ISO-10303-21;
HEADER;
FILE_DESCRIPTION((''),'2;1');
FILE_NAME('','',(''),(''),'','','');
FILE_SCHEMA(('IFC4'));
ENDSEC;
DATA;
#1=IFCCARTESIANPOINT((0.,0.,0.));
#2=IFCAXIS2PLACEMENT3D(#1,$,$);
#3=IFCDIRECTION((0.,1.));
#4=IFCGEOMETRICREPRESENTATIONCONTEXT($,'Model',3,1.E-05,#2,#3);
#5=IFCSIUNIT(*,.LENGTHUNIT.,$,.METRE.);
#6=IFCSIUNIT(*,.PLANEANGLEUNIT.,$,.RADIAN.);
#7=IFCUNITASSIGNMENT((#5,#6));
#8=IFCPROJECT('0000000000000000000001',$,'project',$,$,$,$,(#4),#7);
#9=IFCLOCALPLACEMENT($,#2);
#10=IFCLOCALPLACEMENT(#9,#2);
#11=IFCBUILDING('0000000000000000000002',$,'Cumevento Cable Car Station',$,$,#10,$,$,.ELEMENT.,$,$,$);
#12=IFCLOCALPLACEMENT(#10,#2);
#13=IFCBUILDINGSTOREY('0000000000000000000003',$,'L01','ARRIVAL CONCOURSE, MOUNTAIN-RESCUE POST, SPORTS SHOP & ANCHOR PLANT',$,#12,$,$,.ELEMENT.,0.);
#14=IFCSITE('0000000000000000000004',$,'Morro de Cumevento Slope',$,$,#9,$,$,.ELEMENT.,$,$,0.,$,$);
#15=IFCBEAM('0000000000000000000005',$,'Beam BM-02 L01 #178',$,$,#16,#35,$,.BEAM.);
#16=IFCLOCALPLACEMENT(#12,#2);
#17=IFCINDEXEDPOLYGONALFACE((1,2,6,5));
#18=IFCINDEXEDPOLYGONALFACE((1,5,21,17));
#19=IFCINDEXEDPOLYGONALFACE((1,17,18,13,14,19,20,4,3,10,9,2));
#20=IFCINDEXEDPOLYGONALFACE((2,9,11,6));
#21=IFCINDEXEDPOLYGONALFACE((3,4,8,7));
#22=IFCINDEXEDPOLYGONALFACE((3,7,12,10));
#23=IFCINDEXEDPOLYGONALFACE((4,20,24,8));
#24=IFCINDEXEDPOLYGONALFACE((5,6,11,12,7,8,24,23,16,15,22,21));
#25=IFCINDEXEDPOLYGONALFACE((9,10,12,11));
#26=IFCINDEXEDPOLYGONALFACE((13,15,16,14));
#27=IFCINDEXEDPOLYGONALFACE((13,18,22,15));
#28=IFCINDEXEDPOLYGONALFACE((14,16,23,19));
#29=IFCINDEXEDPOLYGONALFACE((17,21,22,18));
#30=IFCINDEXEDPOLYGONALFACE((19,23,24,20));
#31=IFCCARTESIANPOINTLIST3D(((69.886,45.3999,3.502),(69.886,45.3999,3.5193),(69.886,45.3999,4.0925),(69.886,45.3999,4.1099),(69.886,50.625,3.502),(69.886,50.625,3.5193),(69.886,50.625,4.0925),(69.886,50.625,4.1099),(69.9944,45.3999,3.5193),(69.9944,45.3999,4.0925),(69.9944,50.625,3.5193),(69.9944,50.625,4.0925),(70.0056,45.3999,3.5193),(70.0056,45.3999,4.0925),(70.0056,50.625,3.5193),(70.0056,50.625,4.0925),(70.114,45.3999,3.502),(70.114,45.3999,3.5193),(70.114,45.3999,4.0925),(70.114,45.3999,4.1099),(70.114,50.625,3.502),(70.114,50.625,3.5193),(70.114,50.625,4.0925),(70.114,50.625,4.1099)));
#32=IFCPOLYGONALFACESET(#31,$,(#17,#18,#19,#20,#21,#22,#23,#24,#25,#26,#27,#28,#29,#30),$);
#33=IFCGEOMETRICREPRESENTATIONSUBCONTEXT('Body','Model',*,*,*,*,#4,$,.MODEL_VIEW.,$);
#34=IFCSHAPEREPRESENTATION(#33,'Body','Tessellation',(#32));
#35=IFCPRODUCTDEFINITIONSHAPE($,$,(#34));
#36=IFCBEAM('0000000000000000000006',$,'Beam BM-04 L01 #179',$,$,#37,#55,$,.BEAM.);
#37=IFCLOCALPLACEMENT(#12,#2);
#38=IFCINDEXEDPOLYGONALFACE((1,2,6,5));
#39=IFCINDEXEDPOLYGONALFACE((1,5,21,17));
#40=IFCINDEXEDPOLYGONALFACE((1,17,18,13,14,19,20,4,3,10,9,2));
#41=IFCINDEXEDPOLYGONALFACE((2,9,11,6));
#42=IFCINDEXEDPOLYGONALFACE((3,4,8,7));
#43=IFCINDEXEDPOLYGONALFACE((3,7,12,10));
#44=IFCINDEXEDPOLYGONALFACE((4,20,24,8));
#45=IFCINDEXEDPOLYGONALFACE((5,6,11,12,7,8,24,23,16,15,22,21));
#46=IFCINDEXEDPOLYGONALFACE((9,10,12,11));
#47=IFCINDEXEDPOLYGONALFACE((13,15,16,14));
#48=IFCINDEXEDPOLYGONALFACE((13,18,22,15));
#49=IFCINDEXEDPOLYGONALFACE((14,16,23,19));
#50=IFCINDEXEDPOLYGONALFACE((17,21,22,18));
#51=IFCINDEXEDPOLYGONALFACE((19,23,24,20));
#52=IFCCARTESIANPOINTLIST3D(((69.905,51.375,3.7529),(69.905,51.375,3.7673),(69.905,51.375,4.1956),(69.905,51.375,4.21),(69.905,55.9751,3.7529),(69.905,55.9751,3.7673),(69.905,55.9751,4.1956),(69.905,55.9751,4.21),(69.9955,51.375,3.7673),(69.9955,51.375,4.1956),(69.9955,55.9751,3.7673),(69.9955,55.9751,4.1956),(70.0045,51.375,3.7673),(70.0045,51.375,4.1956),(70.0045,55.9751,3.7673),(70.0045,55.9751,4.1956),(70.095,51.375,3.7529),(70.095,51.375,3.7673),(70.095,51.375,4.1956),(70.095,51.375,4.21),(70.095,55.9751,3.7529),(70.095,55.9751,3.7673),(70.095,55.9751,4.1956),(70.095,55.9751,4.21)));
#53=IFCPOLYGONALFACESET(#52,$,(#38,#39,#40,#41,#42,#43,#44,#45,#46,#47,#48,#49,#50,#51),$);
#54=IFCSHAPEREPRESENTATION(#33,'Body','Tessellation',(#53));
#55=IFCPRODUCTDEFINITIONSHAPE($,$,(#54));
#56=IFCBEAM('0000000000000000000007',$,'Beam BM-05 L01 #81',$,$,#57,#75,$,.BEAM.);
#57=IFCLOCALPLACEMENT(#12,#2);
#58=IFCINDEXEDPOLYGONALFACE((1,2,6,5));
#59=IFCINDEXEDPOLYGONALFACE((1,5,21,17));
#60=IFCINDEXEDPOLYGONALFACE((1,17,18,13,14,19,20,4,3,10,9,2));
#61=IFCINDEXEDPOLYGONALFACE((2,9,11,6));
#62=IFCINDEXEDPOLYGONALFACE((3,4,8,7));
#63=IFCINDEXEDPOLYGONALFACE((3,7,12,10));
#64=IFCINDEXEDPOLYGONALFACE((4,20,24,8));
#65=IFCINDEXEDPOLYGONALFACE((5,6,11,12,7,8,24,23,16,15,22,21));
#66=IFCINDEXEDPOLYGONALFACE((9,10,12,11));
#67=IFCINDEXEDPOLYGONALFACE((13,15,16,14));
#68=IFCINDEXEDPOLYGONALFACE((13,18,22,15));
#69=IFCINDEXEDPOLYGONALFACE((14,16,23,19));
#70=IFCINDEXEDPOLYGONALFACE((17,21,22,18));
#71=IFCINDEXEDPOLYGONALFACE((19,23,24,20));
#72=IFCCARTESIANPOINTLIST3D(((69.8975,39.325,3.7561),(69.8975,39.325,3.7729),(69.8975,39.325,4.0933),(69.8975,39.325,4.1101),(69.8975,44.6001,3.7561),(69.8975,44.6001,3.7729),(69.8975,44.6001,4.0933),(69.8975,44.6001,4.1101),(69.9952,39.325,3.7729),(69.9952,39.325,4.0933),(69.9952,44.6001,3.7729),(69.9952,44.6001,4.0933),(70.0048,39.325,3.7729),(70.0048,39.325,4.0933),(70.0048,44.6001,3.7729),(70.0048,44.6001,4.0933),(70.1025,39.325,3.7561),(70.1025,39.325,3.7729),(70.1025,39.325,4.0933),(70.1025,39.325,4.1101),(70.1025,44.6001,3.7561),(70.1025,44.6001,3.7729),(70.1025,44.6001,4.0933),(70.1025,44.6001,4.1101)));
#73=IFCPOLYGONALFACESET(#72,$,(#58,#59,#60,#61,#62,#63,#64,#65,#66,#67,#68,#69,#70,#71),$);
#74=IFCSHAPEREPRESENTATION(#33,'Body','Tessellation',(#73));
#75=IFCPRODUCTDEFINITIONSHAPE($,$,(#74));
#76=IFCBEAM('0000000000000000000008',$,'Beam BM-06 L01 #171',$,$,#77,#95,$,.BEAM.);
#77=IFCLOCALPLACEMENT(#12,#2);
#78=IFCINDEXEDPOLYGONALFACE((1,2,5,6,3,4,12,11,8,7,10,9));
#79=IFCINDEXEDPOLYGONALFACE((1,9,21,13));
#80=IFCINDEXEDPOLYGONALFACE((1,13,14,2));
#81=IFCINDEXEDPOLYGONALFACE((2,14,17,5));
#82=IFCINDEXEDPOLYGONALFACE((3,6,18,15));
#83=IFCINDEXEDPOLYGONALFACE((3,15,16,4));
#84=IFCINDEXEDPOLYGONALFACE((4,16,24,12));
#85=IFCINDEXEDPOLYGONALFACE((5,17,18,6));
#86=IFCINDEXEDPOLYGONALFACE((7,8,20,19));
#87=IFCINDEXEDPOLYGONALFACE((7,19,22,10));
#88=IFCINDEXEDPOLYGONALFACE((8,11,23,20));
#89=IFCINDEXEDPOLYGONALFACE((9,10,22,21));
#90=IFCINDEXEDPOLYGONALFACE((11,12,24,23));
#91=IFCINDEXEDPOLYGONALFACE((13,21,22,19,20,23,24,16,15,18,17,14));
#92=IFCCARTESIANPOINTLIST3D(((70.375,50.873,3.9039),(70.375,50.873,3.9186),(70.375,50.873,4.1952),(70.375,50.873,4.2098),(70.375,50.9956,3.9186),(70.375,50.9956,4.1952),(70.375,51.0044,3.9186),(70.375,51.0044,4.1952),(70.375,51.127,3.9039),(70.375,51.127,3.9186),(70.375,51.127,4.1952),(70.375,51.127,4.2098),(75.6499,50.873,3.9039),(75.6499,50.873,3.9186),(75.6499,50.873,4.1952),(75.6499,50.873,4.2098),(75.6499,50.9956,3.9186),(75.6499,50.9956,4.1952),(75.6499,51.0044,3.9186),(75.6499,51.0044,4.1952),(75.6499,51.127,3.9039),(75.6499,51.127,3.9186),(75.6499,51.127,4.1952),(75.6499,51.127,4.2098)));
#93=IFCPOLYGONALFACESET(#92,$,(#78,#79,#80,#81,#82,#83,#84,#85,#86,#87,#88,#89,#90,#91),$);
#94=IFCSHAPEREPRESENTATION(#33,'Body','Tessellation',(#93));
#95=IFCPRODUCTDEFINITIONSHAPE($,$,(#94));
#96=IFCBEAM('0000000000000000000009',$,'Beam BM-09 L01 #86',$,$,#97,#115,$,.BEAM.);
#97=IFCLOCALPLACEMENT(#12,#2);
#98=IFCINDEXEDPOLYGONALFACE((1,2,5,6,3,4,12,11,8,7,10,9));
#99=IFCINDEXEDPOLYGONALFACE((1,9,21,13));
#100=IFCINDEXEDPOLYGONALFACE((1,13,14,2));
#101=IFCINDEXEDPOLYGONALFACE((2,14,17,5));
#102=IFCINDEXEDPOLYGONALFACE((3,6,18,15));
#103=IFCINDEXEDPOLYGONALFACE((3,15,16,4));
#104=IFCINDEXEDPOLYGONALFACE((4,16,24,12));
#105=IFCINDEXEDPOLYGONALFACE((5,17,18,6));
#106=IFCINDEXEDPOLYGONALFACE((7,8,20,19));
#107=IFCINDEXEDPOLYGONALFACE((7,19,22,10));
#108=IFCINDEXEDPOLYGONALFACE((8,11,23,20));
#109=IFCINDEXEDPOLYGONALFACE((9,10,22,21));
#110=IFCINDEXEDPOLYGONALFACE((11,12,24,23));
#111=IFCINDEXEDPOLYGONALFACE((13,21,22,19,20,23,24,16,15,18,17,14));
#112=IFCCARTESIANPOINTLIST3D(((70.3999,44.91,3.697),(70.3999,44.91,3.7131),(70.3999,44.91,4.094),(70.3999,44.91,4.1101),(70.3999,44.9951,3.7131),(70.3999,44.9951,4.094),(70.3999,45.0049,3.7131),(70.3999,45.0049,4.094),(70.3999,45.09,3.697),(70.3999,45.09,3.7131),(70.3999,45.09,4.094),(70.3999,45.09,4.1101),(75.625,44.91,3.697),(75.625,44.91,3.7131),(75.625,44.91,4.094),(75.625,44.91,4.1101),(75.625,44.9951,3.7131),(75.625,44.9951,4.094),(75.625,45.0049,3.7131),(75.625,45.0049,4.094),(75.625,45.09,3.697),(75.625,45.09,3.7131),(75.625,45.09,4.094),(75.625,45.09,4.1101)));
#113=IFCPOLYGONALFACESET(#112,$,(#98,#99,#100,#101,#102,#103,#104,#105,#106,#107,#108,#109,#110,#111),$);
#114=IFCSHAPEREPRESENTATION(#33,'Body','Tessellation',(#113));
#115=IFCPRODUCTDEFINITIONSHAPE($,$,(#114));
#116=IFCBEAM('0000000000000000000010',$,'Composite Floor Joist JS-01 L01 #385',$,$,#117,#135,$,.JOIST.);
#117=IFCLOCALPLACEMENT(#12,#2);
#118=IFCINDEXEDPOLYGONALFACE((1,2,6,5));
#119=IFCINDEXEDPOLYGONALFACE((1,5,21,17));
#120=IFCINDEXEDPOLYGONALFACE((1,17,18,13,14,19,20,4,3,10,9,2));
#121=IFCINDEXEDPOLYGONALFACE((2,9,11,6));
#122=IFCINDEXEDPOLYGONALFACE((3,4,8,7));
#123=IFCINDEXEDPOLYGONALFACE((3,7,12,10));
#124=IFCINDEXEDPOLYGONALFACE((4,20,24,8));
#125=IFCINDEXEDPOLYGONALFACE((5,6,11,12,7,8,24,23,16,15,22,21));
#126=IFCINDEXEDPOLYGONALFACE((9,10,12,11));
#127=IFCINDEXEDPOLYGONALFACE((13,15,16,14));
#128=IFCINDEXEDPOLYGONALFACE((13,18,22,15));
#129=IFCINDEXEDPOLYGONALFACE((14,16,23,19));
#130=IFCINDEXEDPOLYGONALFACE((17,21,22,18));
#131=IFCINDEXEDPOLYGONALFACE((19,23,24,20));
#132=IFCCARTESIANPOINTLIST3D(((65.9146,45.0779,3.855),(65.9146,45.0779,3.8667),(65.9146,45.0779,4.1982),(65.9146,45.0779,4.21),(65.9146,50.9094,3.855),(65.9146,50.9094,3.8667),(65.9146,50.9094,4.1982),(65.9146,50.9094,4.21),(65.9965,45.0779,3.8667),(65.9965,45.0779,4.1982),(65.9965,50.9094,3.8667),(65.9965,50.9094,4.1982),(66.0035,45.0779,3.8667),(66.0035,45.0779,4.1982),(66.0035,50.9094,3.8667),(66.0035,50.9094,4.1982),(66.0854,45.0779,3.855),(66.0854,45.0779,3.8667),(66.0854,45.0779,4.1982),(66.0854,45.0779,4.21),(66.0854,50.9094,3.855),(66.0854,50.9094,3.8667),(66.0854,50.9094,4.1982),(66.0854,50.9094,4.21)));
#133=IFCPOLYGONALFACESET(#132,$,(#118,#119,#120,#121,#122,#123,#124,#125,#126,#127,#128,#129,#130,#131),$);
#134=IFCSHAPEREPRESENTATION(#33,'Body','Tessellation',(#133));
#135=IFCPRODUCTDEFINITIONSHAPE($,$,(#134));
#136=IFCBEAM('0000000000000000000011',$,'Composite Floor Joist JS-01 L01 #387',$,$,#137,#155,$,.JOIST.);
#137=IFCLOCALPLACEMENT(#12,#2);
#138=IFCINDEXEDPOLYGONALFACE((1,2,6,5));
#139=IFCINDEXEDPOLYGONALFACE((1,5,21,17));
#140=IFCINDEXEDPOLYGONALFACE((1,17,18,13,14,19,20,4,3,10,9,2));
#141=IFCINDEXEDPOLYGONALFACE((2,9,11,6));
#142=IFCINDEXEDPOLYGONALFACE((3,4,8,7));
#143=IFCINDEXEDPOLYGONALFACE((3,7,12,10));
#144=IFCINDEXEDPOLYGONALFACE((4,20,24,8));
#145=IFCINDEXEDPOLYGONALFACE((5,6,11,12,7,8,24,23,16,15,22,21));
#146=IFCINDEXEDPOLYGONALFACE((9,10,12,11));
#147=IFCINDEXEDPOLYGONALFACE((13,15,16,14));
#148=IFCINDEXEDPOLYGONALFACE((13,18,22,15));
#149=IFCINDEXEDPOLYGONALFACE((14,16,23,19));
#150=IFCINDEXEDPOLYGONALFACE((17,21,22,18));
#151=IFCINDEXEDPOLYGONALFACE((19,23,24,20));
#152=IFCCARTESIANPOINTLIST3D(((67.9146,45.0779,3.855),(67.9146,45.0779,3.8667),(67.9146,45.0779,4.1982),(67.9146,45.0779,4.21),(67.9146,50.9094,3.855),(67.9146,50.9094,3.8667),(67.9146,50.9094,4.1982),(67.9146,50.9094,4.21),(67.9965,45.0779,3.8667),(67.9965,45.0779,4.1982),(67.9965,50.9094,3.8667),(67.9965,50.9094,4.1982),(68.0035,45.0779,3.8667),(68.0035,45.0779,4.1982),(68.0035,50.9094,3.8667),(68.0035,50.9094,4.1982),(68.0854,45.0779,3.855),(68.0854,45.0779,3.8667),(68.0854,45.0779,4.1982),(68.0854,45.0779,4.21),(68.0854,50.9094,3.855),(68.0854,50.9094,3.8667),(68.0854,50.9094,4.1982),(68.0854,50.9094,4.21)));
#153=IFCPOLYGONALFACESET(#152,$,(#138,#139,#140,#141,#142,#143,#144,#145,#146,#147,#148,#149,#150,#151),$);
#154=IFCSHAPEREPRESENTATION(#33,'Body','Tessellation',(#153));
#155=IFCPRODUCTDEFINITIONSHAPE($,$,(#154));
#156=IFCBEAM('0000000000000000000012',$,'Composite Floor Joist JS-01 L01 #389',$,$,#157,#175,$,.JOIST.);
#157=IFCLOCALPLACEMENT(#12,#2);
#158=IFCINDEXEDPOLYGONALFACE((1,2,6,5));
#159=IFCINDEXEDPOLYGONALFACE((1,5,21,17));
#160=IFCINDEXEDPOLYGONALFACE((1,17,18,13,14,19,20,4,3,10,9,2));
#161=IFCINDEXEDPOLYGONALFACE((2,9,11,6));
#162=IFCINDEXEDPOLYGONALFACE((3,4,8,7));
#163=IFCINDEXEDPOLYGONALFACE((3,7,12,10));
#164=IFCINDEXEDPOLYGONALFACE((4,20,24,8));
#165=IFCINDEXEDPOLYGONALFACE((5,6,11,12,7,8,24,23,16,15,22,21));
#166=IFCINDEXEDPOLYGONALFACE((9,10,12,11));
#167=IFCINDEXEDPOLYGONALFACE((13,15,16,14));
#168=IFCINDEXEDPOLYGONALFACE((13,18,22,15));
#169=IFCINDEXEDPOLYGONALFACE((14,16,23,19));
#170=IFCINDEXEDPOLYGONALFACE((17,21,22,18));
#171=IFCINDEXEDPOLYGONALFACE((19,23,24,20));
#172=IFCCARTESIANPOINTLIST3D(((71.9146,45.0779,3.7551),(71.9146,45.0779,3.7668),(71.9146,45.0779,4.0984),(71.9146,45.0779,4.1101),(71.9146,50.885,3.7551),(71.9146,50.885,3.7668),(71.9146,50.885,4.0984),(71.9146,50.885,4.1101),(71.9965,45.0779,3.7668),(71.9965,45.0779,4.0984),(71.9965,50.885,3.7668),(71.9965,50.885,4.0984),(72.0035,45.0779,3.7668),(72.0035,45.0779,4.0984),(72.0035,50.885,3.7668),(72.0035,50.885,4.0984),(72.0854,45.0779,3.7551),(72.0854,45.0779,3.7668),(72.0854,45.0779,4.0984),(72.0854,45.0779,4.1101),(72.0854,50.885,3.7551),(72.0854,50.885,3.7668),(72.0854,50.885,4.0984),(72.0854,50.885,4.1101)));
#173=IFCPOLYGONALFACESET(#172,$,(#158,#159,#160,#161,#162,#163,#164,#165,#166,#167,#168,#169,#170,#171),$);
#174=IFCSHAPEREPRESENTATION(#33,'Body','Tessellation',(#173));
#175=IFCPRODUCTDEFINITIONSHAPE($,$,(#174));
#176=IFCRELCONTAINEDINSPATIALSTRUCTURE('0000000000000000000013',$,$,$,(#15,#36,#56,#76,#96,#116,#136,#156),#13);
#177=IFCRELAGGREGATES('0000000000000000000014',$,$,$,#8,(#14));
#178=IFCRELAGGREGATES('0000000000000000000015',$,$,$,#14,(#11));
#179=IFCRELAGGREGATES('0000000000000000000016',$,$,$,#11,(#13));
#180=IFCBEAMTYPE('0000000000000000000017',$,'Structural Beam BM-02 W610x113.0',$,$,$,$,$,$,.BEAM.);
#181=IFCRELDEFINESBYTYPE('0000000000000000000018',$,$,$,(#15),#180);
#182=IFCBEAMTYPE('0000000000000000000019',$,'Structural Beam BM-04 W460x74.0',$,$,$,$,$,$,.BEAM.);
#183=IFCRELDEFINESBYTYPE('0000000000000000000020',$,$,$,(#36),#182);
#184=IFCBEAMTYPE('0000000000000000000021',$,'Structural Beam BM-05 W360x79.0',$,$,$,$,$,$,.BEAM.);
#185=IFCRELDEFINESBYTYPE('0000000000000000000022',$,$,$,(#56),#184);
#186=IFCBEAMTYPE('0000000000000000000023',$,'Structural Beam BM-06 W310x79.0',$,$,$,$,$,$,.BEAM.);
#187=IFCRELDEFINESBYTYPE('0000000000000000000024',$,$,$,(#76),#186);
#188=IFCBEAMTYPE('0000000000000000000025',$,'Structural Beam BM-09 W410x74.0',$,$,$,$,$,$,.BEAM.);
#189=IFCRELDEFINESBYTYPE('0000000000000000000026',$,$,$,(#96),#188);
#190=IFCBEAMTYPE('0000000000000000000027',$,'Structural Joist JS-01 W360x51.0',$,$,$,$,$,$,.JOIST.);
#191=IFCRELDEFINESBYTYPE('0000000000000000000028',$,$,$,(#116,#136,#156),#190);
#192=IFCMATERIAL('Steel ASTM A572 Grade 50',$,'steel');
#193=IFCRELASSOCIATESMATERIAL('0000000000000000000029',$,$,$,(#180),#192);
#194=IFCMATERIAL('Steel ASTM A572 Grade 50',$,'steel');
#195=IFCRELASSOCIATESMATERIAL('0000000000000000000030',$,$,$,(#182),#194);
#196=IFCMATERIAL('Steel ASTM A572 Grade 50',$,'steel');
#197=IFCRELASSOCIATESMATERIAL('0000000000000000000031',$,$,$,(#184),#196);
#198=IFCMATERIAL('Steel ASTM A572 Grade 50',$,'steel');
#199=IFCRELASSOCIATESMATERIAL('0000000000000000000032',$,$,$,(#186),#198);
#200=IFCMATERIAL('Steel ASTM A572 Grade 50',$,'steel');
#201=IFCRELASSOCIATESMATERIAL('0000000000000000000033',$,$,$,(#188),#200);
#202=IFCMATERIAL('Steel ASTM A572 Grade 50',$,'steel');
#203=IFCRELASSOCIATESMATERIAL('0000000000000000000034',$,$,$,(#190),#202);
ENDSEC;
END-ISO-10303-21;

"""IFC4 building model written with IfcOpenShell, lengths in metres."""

from ifc_helpers import new_model, si_unit, direction, frame, origin, origin_2d, place, context, subcontext, project, spatial, i_section, extrude, material, material_profile, profile_set, type_object, element, save


model = new_model("IFC4")

# Units and contexts
model_context = context("Model", 3, precision=1e-05, world=origin(), true_north=direction((0.0, 1.0)))
body_context = subcontext(model_context, "Body", "Model", "MODEL_VIEW")
ifc_project = project(units=[si_unit("LENGTHUNIT", "METRE"), si_unit("PLANEANGLEUNIT", "RADIAN")], contexts=[model_context])

# Site, building, storey
site_placement = place(None, origin())
site = spatial("IfcSite", under=ifc_project, at=site_placement, Name="Morro de Cumevento Slope", CompositionType="ELEMENT", RefElevation=0.0)
building_placement = place(site_placement, origin())
building = spatial("IfcBuilding", under=site, at=building_placement, Name="Cumevento Cable Car Station", CompositionType="ELEMENT")
storey_placement = place(building_placement, origin())
storey = spatial("IfcBuildingStorey", under=building, at=storey_placement, Name="L01", Description="ARRIVAL CONCOURSE, MOUNTAIN-RESCUE POST, SPORTS SHOP & ANCHOR PLANT", CompositionType="ELEMENT", Elevation=0.0)

# Beams
ifc_material_1 = material(Name="Steel ASTM A572 Grade 50", Category="steel")
ifc_material_profile_1 = material_profile(ifc_material_1, i_section(OverallWidth=0.228, OverallDepth=0.6079, WebThickness=0.0112, FlangeThickness=0.0173, at=origin_2d()), Name="W610x113.0")
ifc_profile_set_1 = profile_set([ifc_material_profile_1], Name="Steel ASTM A572 Grade 50")
beam_type_1 = type_object("IfcBeamType", Name="Structural Beam BM-02 W610x113.0", PredefinedType="BEAM", material=ifc_profile_set_1)
beam_1_placement = place(storey_placement, frame((70.0, 45.3999, 3.8059), z_axis=(0.0, 1.0, 0.0), x_axis=(-1.0, 0.0, 0.0)))
element("IfcBeam", 1, at=beam_1_placement, inside=storey, type_object=beam_type_1, Name="Beam BM-02 L01 #178", PredefinedType="BEAM", context=body_context, shape_type="SweptSolid", body=[
    extrude(i_section(OverallWidth=0.228, OverallDepth=0.6079, WebThickness=0.0112, FlangeThickness=0.0173, at=origin_2d()), origin(), (0.0, 0.0, 1.0), 5.2251),
])
ifc_material_2 = material(Name="Steel ASTM A572 Grade 50", Category="steel")
ifc_material_profile_2 = material_profile(ifc_material_2, i_section(OverallWidth=0.1899, OverallDepth=0.457, WebThickness=0.009, FlangeThickness=0.0144, at=origin_2d()), Name="W460x74.0")
ifc_profile_set_2 = profile_set([ifc_material_profile_2], Name="Steel ASTM A572 Grade 50")
beam_type_2 = type_object("IfcBeamType", Name="Structural Beam BM-04 W460x74.0", PredefinedType="BEAM", material=ifc_profile_set_2)
beam_2_placement = place(storey_placement, frame((70.0, 51.375, 3.9814), z_axis=(0.0, 1.0, 0.0), x_axis=(-1.0, 0.0, 0.0)))
element("IfcBeam", 2, at=beam_2_placement, inside=storey, type_object=beam_type_2, Name="Beam BM-04 L01 #179", PredefinedType="BEAM", context=body_context, shape_type="SweptSolid", body=[
    extrude(i_section(OverallWidth=0.1899, OverallDepth=0.457, WebThickness=0.009, FlangeThickness=0.0144, at=origin_2d()), origin(), (0.0, 0.0, 1.0), 4.6001),
])
ifc_material_3 = material(Name="Steel ASTM A572 Grade 50", Category="steel")
ifc_material_profile_3 = material_profile(ifc_material_3, i_section(OverallWidth=0.2051, OverallDepth=0.354, WebThickness=0.0095, FlangeThickness=0.0168, at=origin_2d()), Name="W360x79.0")
ifc_profile_set_3 = profile_set([ifc_material_profile_3], Name="Steel ASTM A572 Grade 50")
beam_type_3 = type_object("IfcBeamType", Name="Structural Beam BM-05 W360x79.0", PredefinedType="BEAM", material=ifc_profile_set_3)
beam_3_placement = place(storey_placement, frame((70.0, 39.325, 3.9331), z_axis=(0.0, 1.0, 0.0), x_axis=(-1.0, 0.0, 0.0)))
element("IfcBeam", 3, at=beam_3_placement, inside=storey, type_object=beam_type_3, Name="Beam BM-05 L01 #81", PredefinedType="BEAM", context=body_context, shape_type="SweptSolid", body=[
    extrude(i_section(OverallWidth=0.2051, OverallDepth=0.354, WebThickness=0.0095, FlangeThickness=0.0168, at=origin_2d()), origin(), (0.0, 0.0, 1.0), 5.2751),
])
ifc_material_4 = material(Name="Steel ASTM A572 Grade 50", Category="steel")
ifc_material_profile_4 = material_profile(ifc_material_4, i_section(OverallWidth=0.2539, OverallDepth=0.3059, WebThickness=0.0088, FlangeThickness=0.0146, at=origin_2d()), Name="W310x79.0")
ifc_profile_set_4 = profile_set([ifc_material_profile_4], Name="Steel ASTM A572 Grade 50")
beam_type_4 = type_object("IfcBeamType", Name="Structural Beam BM-06 W310x79.0", PredefinedType="BEAM", material=ifc_profile_set_4)
beam_4_placement = place(storey_placement, frame((70.375, 51.0, 4.0569), z_axis=(1.0, 0.0, 0.0), x_axis=(0.0, 1.0, 0.0)))
element("IfcBeam", 4, at=beam_4_placement, inside=storey, type_object=beam_type_4, Name="Beam BM-06 L01 #171", PredefinedType="BEAM", context=body_context, shape_type="SweptSolid", body=[
    extrude(i_section(OverallWidth=0.2539, OverallDepth=0.3059, WebThickness=0.0088, FlangeThickness=0.0146, at=origin_2d()), origin(), (0.0, 0.0, 1.0), 5.2749),
])
ifc_material_5 = material(Name="Steel ASTM A572 Grade 50", Category="steel")
ifc_material_profile_5 = material_profile(ifc_material_5, i_section(OverallWidth=0.1799, OverallDepth=0.4131, WebThickness=0.0098, FlangeThickness=0.0161, at=origin_2d()), Name="W410x74.0")
ifc_profile_set_5 = profile_set([ifc_material_profile_5], Name="Steel ASTM A572 Grade 50")
beam_type_5 = type_object("IfcBeamType", Name="Structural Beam BM-09 W410x74.0", PredefinedType="BEAM", material=ifc_profile_set_5)
beam_5_placement = place(storey_placement, frame((70.3999, 45.0, 3.9036), z_axis=(1.0, 0.0, 0.0), x_axis=(0.0, 1.0, 0.0)))
element("IfcBeam", 5, at=beam_5_placement, inside=storey, type_object=beam_type_5, Name="Beam BM-09 L01 #86", PredefinedType="BEAM", context=body_context, shape_type="SweptSolid", body=[
    extrude(i_section(OverallWidth=0.1799, OverallDepth=0.4131, WebThickness=0.0098, FlangeThickness=0.0161, at=origin_2d()), origin(), (0.0, 0.0, 1.0), 5.2251),
])
ifc_material_6 = material(Name="Steel ASTM A572 Grade 50", Category="steel")
ifc_material_profile_6 = material_profile(ifc_material_6, i_section(OverallWidth=0.1709, OverallDepth=0.355, WebThickness=0.0071, FlangeThickness=0.0117, at=origin_2d()), Name="W360x51.0")
ifc_profile_set_6 = profile_set([ifc_material_profile_6], Name="Steel ASTM A572 Grade 50")
beam_type_6 = type_object("IfcBeamType", Name="Structural Joist JS-01 W360x51.0", PredefinedType="JOIST", material=ifc_profile_set_6)
for number, where, z_axis, x_axis, name in (
    (6, (66.0, 45.0779, 4.0325), (0.0, 1.0, 0.0), (-1.0, 0.0, 0.0), "Composite Floor Joist JS-01 L01 #385"),
    (7, (68.0, 45.0779, 4.0325), (0.0, 1.0, 0.0), (-1.0, 0.0, 0.0), "Composite Floor Joist JS-01 L01 #387"),
):
    element("IfcBeam", number, at=place(storey_placement, frame(where, z_axis=z_axis, x_axis=x_axis)), inside=storey, type_object=beam_type_6, Name=name, PredefinedType="JOIST", context=body_context, shape_type="SweptSolid", body=[
        extrude(i_section(OverallWidth=0.1709, OverallDepth=0.355, WebThickness=0.0071, FlangeThickness=0.0117, at=origin_2d()), origin(), (0.0, 0.0, 1.0), 5.8315),
    ])
for number, where, z_axis, x_axis, name in (
    (8, (72.0, 45.0779, 3.9326), (0.0, 1.0, 0.0), (-1.0, 0.0, 0.0), "Composite Floor Joist JS-01 L01 #389"),
):
    element("IfcBeam", number, at=place(storey_placement, frame(where, z_axis=z_axis, x_axis=x_axis)), inside=storey, type_object=beam_type_6, Name=name, PredefinedType="JOIST", context=body_context, shape_type="SweptSolid", body=[
        extrude(i_section(OverallWidth=0.1709, OverallDepth=0.355, WebThickness=0.0071, FlangeThickness=0.0117, at=origin_2d()), origin(), (0.0, 0.0, 1.0), 5.8071),
    ])

save(model, "model.ifc")
